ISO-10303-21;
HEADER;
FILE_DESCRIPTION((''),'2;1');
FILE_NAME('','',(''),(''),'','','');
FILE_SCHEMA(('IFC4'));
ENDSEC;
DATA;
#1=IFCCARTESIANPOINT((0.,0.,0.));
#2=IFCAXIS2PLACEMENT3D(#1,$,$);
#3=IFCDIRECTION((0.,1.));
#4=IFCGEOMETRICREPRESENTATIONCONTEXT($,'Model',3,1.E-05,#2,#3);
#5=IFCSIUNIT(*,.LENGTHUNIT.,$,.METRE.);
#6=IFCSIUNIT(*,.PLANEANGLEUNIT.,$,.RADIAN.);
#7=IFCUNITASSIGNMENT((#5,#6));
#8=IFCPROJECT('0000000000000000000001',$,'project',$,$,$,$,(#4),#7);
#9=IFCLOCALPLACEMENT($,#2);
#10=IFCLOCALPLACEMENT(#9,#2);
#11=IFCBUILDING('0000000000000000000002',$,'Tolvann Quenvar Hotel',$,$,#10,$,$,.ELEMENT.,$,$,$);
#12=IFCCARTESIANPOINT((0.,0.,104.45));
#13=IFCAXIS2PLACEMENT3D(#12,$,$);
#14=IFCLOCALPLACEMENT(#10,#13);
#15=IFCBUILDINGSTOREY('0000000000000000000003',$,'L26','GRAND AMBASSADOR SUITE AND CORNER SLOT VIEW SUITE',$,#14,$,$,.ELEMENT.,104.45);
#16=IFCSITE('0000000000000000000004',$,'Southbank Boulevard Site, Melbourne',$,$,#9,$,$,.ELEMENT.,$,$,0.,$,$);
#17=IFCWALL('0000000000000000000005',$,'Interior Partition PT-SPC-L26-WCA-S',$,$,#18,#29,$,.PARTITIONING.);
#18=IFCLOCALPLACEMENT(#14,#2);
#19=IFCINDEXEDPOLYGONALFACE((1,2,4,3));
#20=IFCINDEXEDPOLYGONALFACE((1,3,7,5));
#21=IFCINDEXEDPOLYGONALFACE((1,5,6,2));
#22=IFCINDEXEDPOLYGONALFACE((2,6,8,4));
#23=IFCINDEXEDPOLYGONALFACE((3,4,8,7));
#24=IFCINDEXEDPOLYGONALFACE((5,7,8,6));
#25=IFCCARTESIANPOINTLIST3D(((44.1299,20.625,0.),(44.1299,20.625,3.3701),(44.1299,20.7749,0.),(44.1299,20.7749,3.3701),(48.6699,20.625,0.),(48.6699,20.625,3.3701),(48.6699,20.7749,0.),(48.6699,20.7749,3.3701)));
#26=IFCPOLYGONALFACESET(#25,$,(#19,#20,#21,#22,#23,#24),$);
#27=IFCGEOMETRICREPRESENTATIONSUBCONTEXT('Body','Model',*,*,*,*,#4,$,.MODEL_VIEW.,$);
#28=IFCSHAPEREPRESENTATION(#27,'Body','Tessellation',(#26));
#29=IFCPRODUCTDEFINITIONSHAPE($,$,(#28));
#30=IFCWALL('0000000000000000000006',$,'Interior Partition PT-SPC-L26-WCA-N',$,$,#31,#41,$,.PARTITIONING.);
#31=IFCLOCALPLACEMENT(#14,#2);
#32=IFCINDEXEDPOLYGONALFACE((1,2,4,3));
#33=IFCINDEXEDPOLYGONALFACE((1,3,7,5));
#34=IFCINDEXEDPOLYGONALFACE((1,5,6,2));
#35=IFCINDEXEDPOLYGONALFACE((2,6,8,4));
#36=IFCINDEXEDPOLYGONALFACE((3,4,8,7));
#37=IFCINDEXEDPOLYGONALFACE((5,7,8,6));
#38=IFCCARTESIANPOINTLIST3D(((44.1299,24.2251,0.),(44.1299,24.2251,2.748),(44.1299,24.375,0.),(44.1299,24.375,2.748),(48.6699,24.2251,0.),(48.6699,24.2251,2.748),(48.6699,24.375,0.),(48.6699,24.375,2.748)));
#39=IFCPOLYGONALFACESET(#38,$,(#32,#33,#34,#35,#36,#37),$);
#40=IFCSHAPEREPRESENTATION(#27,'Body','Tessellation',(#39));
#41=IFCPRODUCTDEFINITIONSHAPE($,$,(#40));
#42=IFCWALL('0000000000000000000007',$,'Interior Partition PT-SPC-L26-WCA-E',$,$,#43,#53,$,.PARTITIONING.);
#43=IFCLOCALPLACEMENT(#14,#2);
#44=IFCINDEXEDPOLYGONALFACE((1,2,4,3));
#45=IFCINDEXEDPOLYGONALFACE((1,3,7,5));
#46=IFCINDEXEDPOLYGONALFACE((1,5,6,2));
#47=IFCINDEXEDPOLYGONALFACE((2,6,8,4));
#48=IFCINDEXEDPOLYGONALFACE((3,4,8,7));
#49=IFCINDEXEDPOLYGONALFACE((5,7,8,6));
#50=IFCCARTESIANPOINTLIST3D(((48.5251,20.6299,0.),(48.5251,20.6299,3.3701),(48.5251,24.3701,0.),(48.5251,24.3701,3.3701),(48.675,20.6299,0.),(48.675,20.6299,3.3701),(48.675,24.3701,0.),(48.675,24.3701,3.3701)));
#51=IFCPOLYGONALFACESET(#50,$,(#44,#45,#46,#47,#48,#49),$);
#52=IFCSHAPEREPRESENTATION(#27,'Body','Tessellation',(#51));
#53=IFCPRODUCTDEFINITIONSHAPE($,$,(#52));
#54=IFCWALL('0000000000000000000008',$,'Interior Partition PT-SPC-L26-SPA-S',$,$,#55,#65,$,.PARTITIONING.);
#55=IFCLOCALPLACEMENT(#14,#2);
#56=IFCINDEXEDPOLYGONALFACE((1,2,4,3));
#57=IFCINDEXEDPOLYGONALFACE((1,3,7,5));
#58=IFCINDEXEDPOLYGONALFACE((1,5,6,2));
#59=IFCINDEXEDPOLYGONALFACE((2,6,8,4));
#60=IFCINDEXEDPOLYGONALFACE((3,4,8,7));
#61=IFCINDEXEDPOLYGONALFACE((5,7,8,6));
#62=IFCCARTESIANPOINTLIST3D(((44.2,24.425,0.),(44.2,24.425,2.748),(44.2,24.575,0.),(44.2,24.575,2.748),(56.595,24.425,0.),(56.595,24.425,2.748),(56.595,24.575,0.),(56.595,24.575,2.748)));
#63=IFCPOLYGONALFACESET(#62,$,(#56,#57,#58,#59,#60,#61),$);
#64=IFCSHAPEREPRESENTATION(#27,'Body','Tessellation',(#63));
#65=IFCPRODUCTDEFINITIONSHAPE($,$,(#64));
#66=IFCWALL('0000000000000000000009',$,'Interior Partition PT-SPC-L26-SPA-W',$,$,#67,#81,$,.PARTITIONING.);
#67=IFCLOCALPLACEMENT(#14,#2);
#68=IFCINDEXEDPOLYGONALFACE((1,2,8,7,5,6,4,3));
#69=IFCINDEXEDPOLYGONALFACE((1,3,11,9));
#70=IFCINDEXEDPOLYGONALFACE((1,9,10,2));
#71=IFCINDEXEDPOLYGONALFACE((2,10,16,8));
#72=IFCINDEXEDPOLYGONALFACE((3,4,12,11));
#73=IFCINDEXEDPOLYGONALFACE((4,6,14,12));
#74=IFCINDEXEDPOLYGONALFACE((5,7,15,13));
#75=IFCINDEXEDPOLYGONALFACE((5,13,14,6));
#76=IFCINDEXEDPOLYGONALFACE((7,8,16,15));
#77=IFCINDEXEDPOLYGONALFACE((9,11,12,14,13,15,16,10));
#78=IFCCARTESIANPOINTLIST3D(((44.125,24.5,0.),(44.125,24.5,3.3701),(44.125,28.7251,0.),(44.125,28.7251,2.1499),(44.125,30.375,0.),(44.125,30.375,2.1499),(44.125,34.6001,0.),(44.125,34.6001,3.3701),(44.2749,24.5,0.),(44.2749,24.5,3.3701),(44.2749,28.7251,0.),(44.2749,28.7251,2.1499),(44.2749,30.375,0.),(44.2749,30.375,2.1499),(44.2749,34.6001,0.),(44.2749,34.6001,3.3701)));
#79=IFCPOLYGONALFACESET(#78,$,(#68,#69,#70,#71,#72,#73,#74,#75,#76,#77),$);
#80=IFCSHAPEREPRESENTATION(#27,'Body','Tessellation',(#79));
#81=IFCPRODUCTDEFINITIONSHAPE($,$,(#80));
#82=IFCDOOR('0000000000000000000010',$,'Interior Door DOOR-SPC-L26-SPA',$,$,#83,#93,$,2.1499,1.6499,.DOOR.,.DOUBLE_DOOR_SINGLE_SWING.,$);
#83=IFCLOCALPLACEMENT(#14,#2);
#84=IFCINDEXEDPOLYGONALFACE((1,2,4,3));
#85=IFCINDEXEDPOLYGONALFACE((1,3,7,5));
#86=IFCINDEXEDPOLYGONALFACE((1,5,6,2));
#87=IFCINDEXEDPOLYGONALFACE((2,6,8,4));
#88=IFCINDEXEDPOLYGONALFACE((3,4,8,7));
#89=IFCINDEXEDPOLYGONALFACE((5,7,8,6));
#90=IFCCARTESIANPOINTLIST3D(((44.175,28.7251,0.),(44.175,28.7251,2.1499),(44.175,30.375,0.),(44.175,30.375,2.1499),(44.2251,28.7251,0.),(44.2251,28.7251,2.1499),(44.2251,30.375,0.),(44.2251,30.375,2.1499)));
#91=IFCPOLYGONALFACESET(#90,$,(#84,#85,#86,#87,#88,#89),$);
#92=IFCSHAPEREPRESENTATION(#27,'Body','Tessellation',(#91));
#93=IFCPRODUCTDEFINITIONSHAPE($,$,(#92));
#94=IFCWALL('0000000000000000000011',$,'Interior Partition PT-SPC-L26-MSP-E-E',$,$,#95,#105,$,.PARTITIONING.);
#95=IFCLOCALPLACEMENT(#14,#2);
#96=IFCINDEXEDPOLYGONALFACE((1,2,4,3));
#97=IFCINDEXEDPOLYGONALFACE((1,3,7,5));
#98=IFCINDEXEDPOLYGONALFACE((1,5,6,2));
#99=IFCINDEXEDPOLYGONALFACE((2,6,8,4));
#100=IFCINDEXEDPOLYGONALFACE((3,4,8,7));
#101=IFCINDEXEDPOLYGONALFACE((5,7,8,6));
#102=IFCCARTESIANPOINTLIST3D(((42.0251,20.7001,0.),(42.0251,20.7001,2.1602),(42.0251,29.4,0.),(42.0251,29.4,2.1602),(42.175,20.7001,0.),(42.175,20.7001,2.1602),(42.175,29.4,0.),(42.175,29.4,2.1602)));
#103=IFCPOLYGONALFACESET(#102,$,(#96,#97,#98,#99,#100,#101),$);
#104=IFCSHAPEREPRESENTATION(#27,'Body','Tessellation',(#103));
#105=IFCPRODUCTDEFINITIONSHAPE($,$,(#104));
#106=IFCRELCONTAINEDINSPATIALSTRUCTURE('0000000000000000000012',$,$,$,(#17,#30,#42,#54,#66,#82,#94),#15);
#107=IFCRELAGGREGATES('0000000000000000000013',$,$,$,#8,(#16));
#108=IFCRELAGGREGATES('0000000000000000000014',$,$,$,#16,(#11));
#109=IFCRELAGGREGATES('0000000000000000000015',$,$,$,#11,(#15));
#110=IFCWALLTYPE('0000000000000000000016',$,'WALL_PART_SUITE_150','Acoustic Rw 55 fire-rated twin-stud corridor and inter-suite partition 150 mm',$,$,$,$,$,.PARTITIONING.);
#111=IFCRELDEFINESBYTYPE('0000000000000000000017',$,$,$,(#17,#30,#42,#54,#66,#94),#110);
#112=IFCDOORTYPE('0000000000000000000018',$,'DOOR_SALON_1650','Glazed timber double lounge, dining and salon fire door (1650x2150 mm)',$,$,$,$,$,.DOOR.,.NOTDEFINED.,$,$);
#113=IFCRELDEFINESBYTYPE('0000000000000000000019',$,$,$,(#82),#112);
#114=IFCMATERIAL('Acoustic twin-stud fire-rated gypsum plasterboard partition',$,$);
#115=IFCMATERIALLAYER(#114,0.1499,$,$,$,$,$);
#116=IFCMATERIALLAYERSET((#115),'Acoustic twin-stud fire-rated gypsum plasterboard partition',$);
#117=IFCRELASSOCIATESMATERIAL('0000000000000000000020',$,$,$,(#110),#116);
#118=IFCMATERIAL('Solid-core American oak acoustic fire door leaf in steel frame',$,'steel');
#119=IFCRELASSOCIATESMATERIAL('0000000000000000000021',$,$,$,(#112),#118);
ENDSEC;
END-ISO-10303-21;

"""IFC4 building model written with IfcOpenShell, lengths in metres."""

from ifc_helpers import new_model, si_unit, direction, frame, frame_2d, origin, place, context, subcontext, project, spatial, rectangle, extrude, source, transform, mapped, material, layer, layer_set, type_object, type_shapes, element, fill, save


model = new_model("IFC4")

# Units and contexts
model_context = context("Model", 3, precision=1e-05, world=origin(), true_north=direction((0.0, 1.0)))
body_context = subcontext(model_context, "Body", "Model", "MODEL_VIEW")
ifc_project = project(units=[si_unit("LENGTHUNIT", "METRE"), si_unit("PLANEANGLEUNIT", "RADIAN")], contexts=[model_context])

# Site, building, storey
site_placement = place(None, origin())
site = spatial("IfcSite", under=ifc_project, at=site_placement, Name="Southbank Boulevard Site, Melbourne", CompositionType="ELEMENT", RefElevation=0.0)
building_placement = place(site_placement, origin())
building = spatial("IfcBuilding", under=site, at=building_placement, Name="Tolvann Quenvar Hotel", CompositionType="ELEMENT")
storey_placement = place(building_placement, frame((0.0, 0.0, 104.45)))
storey = spatial("IfcBuildingStorey", under=building, at=storey_placement, Name="L26", Description="GRAND AMBASSADOR SUITE AND CORNER SLOT VIEW SUITE", CompositionType="ELEMENT", Elevation=104.45)

# Shared definitions
ifc_material_1 = material(Name="Acoustic twin-stud fire-rated gypsum plasterboard partition")
ifc_layer_1 = layer(ifc_material_1, 0.1499)
ifc_layer_set_1 = layer_set([ifc_layer_1], Name="Acoustic twin-stud fire-rated gypsum plasterboard partition")
wall_type_1 = type_object("IfcWallType", Name="WALL_PART_SUITE_150", Description="Acoustic Rw 55 fire-rated twin-stud corridor and inter-suite partition 150 mm", PredefinedType="PARTITIONING", material=ifc_layer_set_1)

# Shared definitions
ifc_material_2 = material(Name="Solid-core American oak acoustic fire door leaf in steel frame", Category="steel")

# Walls
wall_1_placement = place(storey_placement, frame((44.1299, 20.7, 0.0), z_axis=(0.0, 0.0, 1.0), x_axis=(1.0, 0.0, 0.0)))
element("IfcWall", 1, at=wall_1_placement, inside=storey, type_object=wall_type_1, Name="Interior Partition PT-SPC-L26-WCA-S", PredefinedType="PARTITIONING", context=body_context, shape_type="SweptSolid", body=[
    extrude(rectangle(XDim=4.54, YDim=0.1499, at=frame_2d((2.27, 0.0))), origin(), (0.0, 0.0, 1.0), 3.3701),
])
wall_2_placement = place(storey_placement, frame((44.1299, 24.3, 0.0), z_axis=(0.0, 0.0, 1.0), x_axis=(1.0, 0.0, 0.0)))
element("IfcWall", 2, at=wall_2_placement, inside=storey, type_object=wall_type_1, Name="Interior Partition PT-SPC-L26-WCA-N", PredefinedType="PARTITIONING", context=body_context, shape_type="SweptSolid", body=[
    extrude(rectangle(XDim=4.54, YDim=0.1499, at=frame_2d((2.27, 0.0))), origin(), (0.0, 0.0, 1.0), 2.748),
])
wall_3_placement = place(storey_placement, frame((48.6001, 20.6299, 0.0), z_axis=(0.0, 0.0, 1.0), x_axis=(0.0, 1.0, 0.0)))
element("IfcWall", 3, at=wall_3_placement, inside=storey, type_object=wall_type_1, Name="Interior Partition PT-SPC-L26-WCA-E", PredefinedType="PARTITIONING", context=body_context, shape_type="SweptSolid", body=[
    extrude(rectangle(XDim=3.7402, YDim=0.1499, at=frame_2d((1.8701, 0.0))), origin(), (0.0, 0.0, 1.0), 3.3701),
])
wall_4_placement = place(storey_placement, frame((44.2, 24.5, 0.0), z_axis=(0.0, 0.0, 1.0), x_axis=(1.0, 0.0, 0.0)))
element("IfcWall", 4, at=wall_4_placement, inside=storey, type_object=wall_type_1, Name="Interior Partition PT-SPC-L26-SPA-S", PredefinedType="PARTITIONING", context=body_context, shape_type="SweptSolid", body=[
    extrude(rectangle(XDim=12.395, YDim=0.1499, at=frame_2d((6.1975, 0.0))), origin(), (0.0, 0.0, 1.0), 2.748),
])

# Wall, opening, door
wall_5_placement = place(storey_placement, frame((44.2, 24.5, 0.0), z_axis=(0.0, 0.0, 1.0), x_axis=(0.0, 1.0, 0.0)))
wall_5 = element("IfcWall", 5, at=wall_5_placement, inside=storey, type_object=wall_type_1, Name="Interior Partition PT-SPC-L26-SPA-W", PredefinedType="PARTITIONING", context=body_context, shape_type="SweptSolid", body=[
    extrude(rectangle(XDim=10.1001, YDim=0.1499, at=frame_2d((5.05, 0.0))), origin(), (0.0, 0.0, 1.0), 3.3701),
])
opening_1_placement = place(wall_5_placement, frame((4.2251, 0.0, 0.0)))
opening_1 = element("IfcOpeningElement", 6, at=opening_1_placement, cuts=wall_5, PredefinedType="OPENING", context=body_context, shape_type="SweptSolid", body=[
    extrude(rectangle(XDim=1.6499, YDim=2.1499, at=frame_2d((0.825, 1.075))), frame((0.0, 0.085, 0.0), z_axis=(0.0, -1.0, 0.0), x_axis=(1.0, 0.0, 0.0)), (0.0, 0.0, 1.0), 0.1699),
])
door_type_1 = type_object("IfcDoorType", Name="DOOR_SALON_1650", Description="Glazed timber double lounge, dining and salon fire door (1650x2150 mm)", OperationType="NOTDEFINED", PredefinedType="DOOR", material=ifc_material_2)
shared_shape_1 = source(origin(), body_context, "Body", "SweptSolid", [
    extrude(rectangle(XDim=1.6499, YDim=2.1499, at=frame_2d((0.825, 1.075))), frame((0.0, 0.0249, 0.0), z_axis=(0.0, -1.0, 0.0), x_axis=(1.0, 0.0, 0.0)), (0.0, 0.0, 1.0), 0.05),
])
type_shapes(door_type_1, [shared_shape_1])
door_1_placement = place(opening_1_placement, origin())
door_1 = element("IfcDoor", 7, at=door_1_placement, inside=storey, type_object=door_type_1, Name="Interior Door DOOR-SPC-L26-SPA", OperationType="DOUBLE_DOOR_SINGLE_SWING", OverallHeight=2.1499, OverallWidth=1.6499, PredefinedType="DOOR", context=body_context, shape_type="MappedRepresentation", body=[
    mapped(shared_shape_1, transform((0.0, 0.0, 0.0), x_axis=(1.0, 0.0, 0.0), y_axis=(0.0, 1.0, 0.0), z_axis=(0.0, 0.0, 1.0), scale=1.0)),
])
fill(opening_1, door_1)

# Wall
wall_6_placement = place(storey_placement, frame((42.1001, 20.7, 0.0), z_axis=(0.0, 0.0, 1.0), x_axis=(0.0, 1.0, 0.0)))
element("IfcWall", 8, at=wall_6_placement, inside=storey, type_object=wall_type_1, Name="Interior Partition PT-SPC-L26-MSP-E-E", PredefinedType="PARTITIONING", context=body_context, shape_type="SweptSolid", body=[
    extrude(rectangle(XDim=8.7, YDim=0.1499, at=frame_2d((4.3501, 0.0))), origin(), (0.0, 0.0, 1.0), 2.1602),
])

save(model, "model.ifc")
